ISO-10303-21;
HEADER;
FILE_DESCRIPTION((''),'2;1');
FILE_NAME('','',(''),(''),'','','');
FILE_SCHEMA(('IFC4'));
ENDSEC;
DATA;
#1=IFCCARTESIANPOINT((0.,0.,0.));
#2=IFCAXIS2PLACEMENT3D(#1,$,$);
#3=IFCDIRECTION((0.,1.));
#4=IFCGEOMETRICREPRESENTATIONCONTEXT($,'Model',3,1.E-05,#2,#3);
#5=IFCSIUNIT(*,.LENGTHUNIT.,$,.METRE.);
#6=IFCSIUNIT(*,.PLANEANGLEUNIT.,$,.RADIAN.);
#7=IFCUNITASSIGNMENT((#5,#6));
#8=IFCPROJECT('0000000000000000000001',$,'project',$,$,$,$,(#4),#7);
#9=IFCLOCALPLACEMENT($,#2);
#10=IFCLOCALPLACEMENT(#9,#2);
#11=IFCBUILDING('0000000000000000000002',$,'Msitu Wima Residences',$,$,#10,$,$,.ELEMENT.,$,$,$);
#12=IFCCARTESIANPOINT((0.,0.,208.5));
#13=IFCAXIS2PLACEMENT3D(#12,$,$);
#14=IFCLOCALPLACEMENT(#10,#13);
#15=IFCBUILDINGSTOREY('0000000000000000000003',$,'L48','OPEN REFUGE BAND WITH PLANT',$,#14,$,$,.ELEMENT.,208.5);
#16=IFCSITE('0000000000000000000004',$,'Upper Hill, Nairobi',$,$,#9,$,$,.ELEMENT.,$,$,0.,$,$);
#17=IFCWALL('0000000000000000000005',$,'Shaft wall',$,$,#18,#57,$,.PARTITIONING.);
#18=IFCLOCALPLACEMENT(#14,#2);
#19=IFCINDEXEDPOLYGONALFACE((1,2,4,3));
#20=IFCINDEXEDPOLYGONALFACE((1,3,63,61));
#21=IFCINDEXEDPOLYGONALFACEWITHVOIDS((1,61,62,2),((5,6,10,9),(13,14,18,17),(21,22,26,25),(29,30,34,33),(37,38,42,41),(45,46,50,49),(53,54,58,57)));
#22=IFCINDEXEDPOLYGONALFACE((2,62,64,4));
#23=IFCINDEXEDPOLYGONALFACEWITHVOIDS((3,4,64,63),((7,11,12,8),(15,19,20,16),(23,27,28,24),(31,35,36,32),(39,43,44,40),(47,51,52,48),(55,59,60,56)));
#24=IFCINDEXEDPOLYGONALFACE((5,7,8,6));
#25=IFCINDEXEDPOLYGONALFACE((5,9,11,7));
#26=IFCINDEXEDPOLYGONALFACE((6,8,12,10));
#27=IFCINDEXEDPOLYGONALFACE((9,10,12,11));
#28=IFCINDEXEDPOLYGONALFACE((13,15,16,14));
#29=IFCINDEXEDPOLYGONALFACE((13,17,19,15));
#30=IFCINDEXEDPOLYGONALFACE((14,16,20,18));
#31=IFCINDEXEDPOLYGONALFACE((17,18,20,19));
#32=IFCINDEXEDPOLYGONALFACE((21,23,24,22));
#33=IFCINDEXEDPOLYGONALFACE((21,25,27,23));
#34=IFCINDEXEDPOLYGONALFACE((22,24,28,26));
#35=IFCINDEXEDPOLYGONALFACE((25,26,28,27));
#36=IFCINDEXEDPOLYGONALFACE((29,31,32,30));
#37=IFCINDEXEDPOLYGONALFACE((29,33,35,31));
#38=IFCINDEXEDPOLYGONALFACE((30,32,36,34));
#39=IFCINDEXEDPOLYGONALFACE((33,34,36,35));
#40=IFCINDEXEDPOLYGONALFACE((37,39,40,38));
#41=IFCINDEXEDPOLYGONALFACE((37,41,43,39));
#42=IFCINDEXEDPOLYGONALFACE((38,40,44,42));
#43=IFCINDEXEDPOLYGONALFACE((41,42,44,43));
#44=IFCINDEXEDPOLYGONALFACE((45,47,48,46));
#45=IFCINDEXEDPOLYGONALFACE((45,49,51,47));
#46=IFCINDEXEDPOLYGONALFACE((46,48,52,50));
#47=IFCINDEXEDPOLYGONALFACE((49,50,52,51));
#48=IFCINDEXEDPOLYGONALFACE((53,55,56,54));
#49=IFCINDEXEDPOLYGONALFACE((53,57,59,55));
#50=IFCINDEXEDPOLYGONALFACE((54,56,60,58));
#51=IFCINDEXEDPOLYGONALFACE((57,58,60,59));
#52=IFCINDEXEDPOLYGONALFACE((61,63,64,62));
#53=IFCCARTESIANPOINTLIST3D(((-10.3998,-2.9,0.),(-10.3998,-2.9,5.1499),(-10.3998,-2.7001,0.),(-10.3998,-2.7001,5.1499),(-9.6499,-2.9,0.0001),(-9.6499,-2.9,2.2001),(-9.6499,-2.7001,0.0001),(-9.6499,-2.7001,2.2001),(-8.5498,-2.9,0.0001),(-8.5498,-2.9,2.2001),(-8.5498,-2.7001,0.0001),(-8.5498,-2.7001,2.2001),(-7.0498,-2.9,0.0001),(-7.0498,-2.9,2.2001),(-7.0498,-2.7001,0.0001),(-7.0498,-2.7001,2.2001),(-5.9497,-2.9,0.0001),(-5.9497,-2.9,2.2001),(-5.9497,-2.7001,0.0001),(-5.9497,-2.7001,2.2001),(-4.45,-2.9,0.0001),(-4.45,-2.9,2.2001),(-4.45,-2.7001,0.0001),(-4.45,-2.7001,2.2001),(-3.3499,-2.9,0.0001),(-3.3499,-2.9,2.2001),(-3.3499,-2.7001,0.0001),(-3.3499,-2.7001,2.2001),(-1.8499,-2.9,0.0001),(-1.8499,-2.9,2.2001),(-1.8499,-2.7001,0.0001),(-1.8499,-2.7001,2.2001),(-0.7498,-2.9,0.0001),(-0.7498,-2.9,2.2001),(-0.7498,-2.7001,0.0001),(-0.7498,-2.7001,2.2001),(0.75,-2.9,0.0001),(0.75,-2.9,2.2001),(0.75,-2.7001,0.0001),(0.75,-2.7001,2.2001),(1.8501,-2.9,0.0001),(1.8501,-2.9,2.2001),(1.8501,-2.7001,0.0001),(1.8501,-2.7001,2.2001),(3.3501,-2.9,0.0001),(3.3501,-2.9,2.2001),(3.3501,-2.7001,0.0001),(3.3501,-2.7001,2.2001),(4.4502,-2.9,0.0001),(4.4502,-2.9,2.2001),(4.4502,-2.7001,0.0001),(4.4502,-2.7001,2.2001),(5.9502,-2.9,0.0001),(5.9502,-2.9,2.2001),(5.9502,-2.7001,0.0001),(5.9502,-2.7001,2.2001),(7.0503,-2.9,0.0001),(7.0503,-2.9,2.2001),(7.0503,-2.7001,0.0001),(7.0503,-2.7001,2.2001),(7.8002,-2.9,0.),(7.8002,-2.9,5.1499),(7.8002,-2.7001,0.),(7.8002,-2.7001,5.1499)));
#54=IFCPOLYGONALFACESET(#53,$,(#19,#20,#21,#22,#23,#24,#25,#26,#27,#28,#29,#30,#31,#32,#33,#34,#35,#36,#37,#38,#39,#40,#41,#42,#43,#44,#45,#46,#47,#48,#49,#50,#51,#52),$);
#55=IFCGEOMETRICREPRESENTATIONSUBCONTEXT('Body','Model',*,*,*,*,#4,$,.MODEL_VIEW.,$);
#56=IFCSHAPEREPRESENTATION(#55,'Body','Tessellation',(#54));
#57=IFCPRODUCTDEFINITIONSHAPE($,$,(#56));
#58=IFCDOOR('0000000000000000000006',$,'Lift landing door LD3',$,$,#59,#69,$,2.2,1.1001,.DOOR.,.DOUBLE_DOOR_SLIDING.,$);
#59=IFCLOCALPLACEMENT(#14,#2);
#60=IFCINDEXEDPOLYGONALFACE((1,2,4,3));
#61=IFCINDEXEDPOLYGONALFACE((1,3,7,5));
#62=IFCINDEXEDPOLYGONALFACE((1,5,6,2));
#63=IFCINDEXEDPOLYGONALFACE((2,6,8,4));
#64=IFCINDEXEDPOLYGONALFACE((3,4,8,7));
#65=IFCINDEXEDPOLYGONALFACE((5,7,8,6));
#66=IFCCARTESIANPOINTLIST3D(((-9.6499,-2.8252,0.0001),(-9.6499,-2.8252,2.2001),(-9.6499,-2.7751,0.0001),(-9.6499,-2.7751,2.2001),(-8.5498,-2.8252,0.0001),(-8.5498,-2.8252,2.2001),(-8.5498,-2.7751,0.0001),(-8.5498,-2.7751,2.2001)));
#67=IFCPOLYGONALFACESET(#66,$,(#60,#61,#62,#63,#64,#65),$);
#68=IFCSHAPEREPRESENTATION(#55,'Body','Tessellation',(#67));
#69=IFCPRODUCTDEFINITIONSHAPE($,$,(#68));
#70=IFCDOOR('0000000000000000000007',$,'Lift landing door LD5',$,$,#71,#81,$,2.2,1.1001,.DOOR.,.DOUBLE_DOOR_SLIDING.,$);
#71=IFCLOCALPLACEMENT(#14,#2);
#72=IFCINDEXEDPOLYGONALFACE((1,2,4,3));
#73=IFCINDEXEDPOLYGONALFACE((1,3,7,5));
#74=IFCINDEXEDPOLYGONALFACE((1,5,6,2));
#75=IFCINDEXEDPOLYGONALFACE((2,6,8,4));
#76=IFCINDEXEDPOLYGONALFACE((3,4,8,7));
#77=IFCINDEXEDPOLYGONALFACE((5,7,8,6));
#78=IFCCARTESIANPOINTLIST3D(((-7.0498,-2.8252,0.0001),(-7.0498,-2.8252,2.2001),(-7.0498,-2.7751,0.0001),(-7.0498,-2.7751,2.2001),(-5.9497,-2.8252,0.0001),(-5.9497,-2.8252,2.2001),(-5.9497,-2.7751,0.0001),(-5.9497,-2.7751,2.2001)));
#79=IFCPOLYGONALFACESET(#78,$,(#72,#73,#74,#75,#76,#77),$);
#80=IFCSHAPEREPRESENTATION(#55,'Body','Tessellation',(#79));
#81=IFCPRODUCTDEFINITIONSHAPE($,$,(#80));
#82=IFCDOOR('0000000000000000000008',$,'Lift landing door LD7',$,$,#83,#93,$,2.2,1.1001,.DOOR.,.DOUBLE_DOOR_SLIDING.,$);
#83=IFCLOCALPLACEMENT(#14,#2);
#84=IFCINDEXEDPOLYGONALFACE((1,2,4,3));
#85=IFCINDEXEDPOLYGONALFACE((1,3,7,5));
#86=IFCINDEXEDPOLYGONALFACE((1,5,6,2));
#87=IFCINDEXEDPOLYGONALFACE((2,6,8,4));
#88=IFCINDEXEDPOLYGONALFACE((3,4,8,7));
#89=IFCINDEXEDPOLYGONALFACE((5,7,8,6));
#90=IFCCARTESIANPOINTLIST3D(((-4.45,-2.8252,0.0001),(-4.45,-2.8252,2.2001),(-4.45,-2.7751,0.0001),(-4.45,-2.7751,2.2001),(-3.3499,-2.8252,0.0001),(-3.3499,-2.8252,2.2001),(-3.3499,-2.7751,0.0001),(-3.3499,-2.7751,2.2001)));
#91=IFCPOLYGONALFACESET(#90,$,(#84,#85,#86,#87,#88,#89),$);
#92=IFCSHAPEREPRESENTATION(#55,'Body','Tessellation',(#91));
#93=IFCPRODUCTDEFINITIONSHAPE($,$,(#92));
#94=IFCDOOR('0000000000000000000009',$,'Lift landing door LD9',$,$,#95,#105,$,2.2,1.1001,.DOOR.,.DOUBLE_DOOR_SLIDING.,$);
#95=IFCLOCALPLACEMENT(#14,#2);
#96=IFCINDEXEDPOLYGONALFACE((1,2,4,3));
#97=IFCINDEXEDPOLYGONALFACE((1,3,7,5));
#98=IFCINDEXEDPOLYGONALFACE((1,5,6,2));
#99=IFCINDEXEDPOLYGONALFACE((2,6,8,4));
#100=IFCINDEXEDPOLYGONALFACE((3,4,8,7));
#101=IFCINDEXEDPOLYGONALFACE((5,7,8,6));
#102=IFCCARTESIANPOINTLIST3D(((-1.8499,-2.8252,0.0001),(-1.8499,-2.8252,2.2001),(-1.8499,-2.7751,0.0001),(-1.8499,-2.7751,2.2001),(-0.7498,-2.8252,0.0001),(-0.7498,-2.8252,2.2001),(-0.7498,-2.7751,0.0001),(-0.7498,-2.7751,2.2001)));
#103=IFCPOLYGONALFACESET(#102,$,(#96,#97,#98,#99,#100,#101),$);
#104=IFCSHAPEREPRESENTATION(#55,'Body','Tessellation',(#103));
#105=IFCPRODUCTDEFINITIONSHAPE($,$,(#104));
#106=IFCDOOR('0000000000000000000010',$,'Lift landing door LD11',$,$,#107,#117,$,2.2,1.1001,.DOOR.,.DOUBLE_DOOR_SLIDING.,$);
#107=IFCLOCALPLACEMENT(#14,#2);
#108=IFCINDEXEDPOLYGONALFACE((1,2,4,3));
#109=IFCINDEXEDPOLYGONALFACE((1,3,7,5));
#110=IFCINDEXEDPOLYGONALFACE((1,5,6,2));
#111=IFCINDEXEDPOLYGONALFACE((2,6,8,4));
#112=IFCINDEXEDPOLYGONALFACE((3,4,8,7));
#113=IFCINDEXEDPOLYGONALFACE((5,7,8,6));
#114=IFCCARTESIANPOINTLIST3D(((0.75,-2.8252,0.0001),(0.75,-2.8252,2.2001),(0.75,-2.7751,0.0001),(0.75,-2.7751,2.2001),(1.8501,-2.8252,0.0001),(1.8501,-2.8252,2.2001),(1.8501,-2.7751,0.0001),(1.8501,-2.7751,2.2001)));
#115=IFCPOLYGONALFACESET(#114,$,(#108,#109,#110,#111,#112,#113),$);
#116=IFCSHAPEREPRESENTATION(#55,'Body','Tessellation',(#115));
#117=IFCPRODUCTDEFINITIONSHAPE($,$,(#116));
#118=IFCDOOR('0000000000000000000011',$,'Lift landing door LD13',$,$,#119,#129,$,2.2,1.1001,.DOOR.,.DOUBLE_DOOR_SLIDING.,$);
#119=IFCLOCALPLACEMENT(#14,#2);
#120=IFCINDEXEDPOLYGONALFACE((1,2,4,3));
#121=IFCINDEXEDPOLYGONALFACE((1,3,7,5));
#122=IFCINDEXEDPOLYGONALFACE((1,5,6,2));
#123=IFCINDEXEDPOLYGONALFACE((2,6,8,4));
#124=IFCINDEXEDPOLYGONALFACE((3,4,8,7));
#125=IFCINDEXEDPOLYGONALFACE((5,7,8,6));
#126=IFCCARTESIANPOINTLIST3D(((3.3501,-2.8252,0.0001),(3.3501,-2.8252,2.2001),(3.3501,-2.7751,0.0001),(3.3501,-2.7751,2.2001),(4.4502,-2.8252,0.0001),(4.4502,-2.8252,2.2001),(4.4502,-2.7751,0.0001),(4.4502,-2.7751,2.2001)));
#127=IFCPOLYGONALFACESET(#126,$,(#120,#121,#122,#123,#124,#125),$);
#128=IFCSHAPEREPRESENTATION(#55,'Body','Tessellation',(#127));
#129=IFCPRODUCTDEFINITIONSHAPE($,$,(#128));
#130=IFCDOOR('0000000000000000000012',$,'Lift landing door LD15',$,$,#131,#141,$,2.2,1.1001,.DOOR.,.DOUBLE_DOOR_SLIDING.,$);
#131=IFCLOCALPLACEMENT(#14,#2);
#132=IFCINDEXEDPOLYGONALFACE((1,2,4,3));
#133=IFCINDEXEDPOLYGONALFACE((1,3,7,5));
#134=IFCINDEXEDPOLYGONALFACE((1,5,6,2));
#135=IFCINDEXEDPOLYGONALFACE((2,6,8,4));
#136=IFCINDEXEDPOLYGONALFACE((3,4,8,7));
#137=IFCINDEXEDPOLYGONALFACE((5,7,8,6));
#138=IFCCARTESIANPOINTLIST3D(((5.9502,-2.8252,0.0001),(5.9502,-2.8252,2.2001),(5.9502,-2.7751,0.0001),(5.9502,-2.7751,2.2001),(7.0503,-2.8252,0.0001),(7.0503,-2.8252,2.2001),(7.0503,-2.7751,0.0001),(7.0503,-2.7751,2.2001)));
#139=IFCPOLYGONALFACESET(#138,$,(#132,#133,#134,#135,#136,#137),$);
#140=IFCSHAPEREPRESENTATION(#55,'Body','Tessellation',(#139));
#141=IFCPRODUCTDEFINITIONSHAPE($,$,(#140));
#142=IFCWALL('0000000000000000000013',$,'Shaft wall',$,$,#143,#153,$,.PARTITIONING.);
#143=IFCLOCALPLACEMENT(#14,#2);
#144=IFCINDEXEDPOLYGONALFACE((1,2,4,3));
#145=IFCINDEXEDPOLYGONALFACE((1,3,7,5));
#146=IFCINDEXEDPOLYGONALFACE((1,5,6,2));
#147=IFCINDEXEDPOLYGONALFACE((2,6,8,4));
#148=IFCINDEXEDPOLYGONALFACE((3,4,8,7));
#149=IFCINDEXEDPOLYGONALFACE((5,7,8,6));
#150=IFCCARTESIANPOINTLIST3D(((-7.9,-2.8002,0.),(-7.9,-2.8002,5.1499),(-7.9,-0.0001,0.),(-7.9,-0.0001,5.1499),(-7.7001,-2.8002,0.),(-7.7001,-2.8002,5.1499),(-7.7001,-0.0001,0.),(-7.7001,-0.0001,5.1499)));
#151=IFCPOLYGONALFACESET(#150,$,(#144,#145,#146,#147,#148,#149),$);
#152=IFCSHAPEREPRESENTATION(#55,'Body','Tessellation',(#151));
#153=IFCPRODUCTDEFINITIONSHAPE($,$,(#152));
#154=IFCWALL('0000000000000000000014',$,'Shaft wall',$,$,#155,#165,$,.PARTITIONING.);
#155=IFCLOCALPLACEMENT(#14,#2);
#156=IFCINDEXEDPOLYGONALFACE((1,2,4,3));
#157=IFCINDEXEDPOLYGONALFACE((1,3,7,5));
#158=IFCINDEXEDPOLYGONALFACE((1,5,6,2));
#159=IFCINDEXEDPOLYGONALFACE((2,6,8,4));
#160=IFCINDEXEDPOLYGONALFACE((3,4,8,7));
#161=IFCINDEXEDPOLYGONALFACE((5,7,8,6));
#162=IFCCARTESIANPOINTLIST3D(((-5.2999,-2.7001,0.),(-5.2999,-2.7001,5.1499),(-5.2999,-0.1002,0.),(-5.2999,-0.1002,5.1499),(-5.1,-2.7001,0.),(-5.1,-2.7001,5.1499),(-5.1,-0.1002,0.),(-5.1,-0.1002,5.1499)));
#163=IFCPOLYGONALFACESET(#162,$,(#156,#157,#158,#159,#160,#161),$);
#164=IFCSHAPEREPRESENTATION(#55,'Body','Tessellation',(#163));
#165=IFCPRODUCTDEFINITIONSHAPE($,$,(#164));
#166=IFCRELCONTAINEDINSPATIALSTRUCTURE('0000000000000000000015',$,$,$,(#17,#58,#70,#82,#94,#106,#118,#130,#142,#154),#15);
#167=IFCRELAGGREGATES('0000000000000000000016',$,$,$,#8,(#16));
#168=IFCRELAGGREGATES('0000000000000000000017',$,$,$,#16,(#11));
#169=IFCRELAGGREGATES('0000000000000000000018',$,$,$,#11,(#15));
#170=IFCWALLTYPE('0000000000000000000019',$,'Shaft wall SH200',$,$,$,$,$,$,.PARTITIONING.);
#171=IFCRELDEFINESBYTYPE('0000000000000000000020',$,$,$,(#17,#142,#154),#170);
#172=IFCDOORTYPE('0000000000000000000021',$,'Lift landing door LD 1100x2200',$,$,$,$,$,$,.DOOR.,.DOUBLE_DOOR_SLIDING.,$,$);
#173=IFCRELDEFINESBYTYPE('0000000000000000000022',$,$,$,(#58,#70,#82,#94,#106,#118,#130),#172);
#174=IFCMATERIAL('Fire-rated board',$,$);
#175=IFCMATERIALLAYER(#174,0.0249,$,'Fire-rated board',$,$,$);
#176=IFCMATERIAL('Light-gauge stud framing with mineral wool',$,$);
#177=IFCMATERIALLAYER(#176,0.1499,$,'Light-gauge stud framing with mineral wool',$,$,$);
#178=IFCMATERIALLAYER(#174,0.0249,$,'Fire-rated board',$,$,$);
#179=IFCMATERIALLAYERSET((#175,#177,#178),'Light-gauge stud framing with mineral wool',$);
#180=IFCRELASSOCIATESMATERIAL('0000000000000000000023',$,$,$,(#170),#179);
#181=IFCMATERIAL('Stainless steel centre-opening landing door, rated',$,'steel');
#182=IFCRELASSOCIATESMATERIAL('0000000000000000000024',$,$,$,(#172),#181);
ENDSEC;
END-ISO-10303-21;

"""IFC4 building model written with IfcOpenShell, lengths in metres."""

from ifc_helpers import new_model, si_unit, direction, frame, frame_2d, origin, place, context, subcontext, project, spatial, rectangle, extrude, material, layer, layer_set, type_object, element, fill, save


model = new_model("IFC4")

# Units and contexts
model_context = context("Model", 3, precision=1e-05, world=origin(), true_north=direction((0.0, 1.0)))
body_context = subcontext(model_context, "Body", "Model", "MODEL_VIEW")
ifc_project = project(units=[si_unit("LENGTHUNIT", "METRE"), si_unit("PLANEANGLEUNIT", "RADIAN")], contexts=[model_context])

# Site, building, storey
site_placement = place(None, origin())
site = spatial("IfcSite", under=ifc_project, at=site_placement, Name="Upper Hill, Nairobi", CompositionType="ELEMENT", RefElevation=0.0)
building_placement = place(site_placement, origin())
building = spatial("IfcBuilding", under=site, at=building_placement, Name="Msitu Wima Residences", CompositionType="ELEMENT")
storey_placement = place(building_placement, frame((0.0, 0.0, 208.5)))
storey = spatial("IfcBuildingStorey", under=building, at=storey_placement, Name="L48", Description="OPEN REFUGE BAND WITH PLANT", CompositionType="ELEMENT", Elevation=208.5)

# Shared definitions
ifc_material_1 = material(Name="Fire-rated board")
ifc_layer_1 = layer(ifc_material_1, 0.0249, Name="Fire-rated board")
ifc_material_2 = material(Name="Light-gauge stud framing with mineral wool")
ifc_layer_2 = layer(ifc_material_2, 0.1499, Name="Light-gauge stud framing with mineral wool")
ifc_layer_3 = layer(ifc_material_1, 0.0249, Name="Fire-rated board")
ifc_layer_set_1 = layer_set([ifc_layer_1, ifc_layer_2, ifc_layer_3], Name="Light-gauge stud framing with mineral wool")
wall_type_1 = type_object("IfcWallType", Name="Shaft wall SH200", PredefinedType="PARTITIONING", material=ifc_layer_set_1)

# Wall, openings, doors
wall_1_placement = place(storey_placement, frame((-10.3999, -2.8, 0.0), z_axis=(0.0, 0.0, 1.0), x_axis=(1.0, 0.0, 0.0)))
wall_1 = element("IfcWall", 1, at=wall_1_placement, inside=storey, type_object=wall_type_1, Name="Shaft wall", PredefinedType="PARTITIONING", context=body_context, shape_type="SweptSolid", body=[
    extrude(rectangle(XDim=18.2, YDim=0.2, at=frame_2d((9.1001, 0.0))), origin(), (0.0, 0.0, 1.0), 5.1499),
])
opening_1_placement = place(wall_1_placement, frame((0.75, 0.0, 0.0)))
opening_1 = element("IfcOpeningElement", 2, at=opening_1_placement, cuts=wall_1, PredefinedType="OPENING", context=body_context, shape_type="SweptSolid", body=[
    extrude(rectangle(XDim=1.1001, YDim=2.2, at=frame_2d((0.55, 1.1001))), frame((0.0, 0.1099, 0.0), z_axis=(0.0, -1.0, 0.0), x_axis=(1.0, 0.0, 0.0)), (0.0, 0.0, 1.0), 0.22),
])
opening_2_placement = place(wall_1_placement, frame((3.3501, 0.0, 0.0)))
opening_2 = element("IfcOpeningElement", 3, at=opening_2_placement, cuts=wall_1, PredefinedType="OPENING", context=body_context, shape_type="SweptSolid", body=[
    extrude(rectangle(XDim=1.1001, YDim=2.2, at=frame_2d((0.55, 1.1001))), frame((0.0, 0.1099, 0.0), z_axis=(0.0, -1.0, 0.0), x_axis=(1.0, 0.0, 0.0)), (0.0, 0.0, 1.0), 0.22),
])
opening_3_placement = place(wall_1_placement, frame((5.95, 0.0, 0.0)))
opening_3 = element("IfcOpeningElement", 4, at=opening_3_placement, cuts=wall_1, PredefinedType="OPENING", context=body_context, shape_type="SweptSolid", body=[
    extrude(rectangle(XDim=1.1001, YDim=2.2, at=frame_2d((0.55, 1.1001))), frame((0.0, 0.1099, 0.0), z_axis=(0.0, -1.0, 0.0), x_axis=(1.0, 0.0, 0.0)), (0.0, 0.0, 1.0), 0.22),
])
opening_4_placement = place(wall_1_placement, frame((8.55, 0.0, 0.0)))
opening_4 = element("IfcOpeningElement", 5, at=opening_4_placement, cuts=wall_1, PredefinedType="OPENING", context=body_context, shape_type="SweptSolid", body=[
    extrude(rectangle(XDim=1.1001, YDim=2.2, at=frame_2d((0.55, 1.1001))), frame((0.0, 0.1099, 0.0), z_axis=(0.0, -1.0, 0.0), x_axis=(1.0, 0.0, 0.0)), (0.0, 0.0, 1.0), 0.22),
])
opening_5_placement = place(wall_1_placement, frame((11.1499, 0.0, 0.0)))
opening_5 = element("IfcOpeningElement", 6, at=opening_5_placement, cuts=wall_1, PredefinedType="OPENING", context=body_context, shape_type="SweptSolid", body=[
    extrude(rectangle(XDim=1.1001, YDim=2.2, at=frame_2d((0.55, 1.1001))), frame((0.0, 0.1099, 0.0), z_axis=(0.0, -1.0, 0.0), x_axis=(1.0, 0.0, 0.0)), (0.0, 0.0, 1.0), 0.22),
])
opening_6_placement = place(wall_1_placement, frame((13.75, 0.0, 0.0)))
opening_6 = element("IfcOpeningElement", 7, at=opening_6_placement, cuts=wall_1, PredefinedType="OPENING", context=body_context, shape_type="SweptSolid", body=[
    extrude(rectangle(XDim=1.1001, YDim=2.2, at=frame_2d((0.55, 1.1001))), frame((0.0, 0.1099, 0.0), z_axis=(0.0, -1.0, 0.0), x_axis=(1.0, 0.0, 0.0)), (0.0, 0.0, 1.0), 0.22),
])
opening_7_placement = place(wall_1_placement, frame((16.3501, 0.0, 0.0)))
opening_7 = element("IfcOpeningElement", 8, at=opening_7_placement, cuts=wall_1, PredefinedType="OPENING", context=body_context, shape_type="SweptSolid", body=[
    extrude(rectangle(XDim=1.1001, YDim=2.2, at=frame_2d((0.55, 1.1001))), frame((0.0, 0.1099, 0.0), z_axis=(0.0, -1.0, 0.0), x_axis=(1.0, 0.0, 0.0)), (0.0, 0.0, 1.0), 0.22),
])
ifc_material_3 = material(Name="Stainless steel centre-opening landing door, rated", Category="steel")
door_type_1 = type_object("IfcDoorType", Name="Lift landing door LD 1100x2200", OperationType="DOUBLE_DOOR_SLIDING", PredefinedType="DOOR", material=ifc_material_3)
door_1_placement = place(opening_1_placement, origin())
door_1 = element("IfcDoor", 9, at=door_1_placement, inside=storey, type_object=door_type_1, Name="Lift landing door LD3", OperationType="DOUBLE_DOOR_SLIDING", OverallHeight=2.2, OverallWidth=1.1001, PredefinedType="DOOR", context=body_context, shape_type="SweptSolid", body=[
    extrude(rectangle(XDim=1.1001, YDim=2.2, at=frame_2d((0.55, 1.1001))), frame((0.0, 0.0249, 0.0), z_axis=(0.0, -1.0, 0.0), x_axis=(1.0, 0.0, 0.0)), (0.0, 0.0, 1.0), 0.05),
])
fill(opening_1, door_1)
door_2_placement = place(opening_2_placement, origin())
door_2 = element("IfcDoor", 10, at=door_2_placement, inside=storey, type_object=door_type_1, Name="Lift landing door LD5", OperationType="DOUBLE_DOOR_SLIDING", OverallHeight=2.2, OverallWidth=1.1001, PredefinedType="DOOR", context=body_context, shape_type="SweptSolid", body=[
    extrude(rectangle(XDim=1.1001, YDim=2.2, at=frame_2d((0.55, 1.1001))), frame((0.0, 0.0249, 0.0), z_axis=(0.0, -1.0, 0.0), x_axis=(1.0, 0.0, 0.0)), (0.0, 0.0, 1.0), 0.05),
])
fill(opening_2, door_2)
door_3_placement = place(opening_3_placement, origin())
door_3 = element("IfcDoor", 11, at=door_3_placement, inside=storey, type_object=door_type_1, Name="Lift landing door LD7", OperationType="DOUBLE_DOOR_SLIDING", OverallHeight=2.2, OverallWidth=1.1001, PredefinedType="DOOR", context=body_context, shape_type="SweptSolid", body=[
    extrude(rectangle(XDim=1.1001, YDim=2.2, at=frame_2d((0.55, 1.1001))), frame((0.0, 0.0249, 0.0), z_axis=(0.0, -1.0, 0.0), x_axis=(1.0, 0.0, 0.0)), (0.0, 0.0, 1.0), 0.05),
])
fill(opening_3, door_3)
door_4_placement = place(opening_4_placement, origin())
door_4 = element("IfcDoor", 12, at=door_4_placement, inside=storey, type_object=door_type_1, Name="Lift landing door LD9", OperationType="DOUBLE_DOOR_SLIDING", OverallHeight=2.2, OverallWidth=1.1001, PredefinedType="DOOR", context=body_context, shape_type="SweptSolid", body=[
    extrude(rectangle(XDim=1.1001, YDim=2.2, at=frame_2d((0.55, 1.1001))), frame((0.0, 0.0249, 0.0), z_axis=(0.0, -1.0, 0.0), x_axis=(1.0, 0.0, 0.0)), (0.0, 0.0, 1.0), 0.05),
])
fill(opening_4, door_4)
door_5_placement = place(opening_5_placement, origin())
door_5 = element("IfcDoor", 13, at=door_5_placement, inside=storey, type_object=door_type_1, Name="Lift landing door LD11", OperationType="DOUBLE_DOOR_SLIDING", OverallHeight=2.2, OverallWidth=1.1001, PredefinedType="DOOR", context=body_context, shape_type="SweptSolid", body=[
    extrude(rectangle(XDim=1.1001, YDim=2.2, at=frame_2d((0.55, 1.1001))), frame((0.0, 0.0249, 0.0), z_axis=(0.0, -1.0, 0.0), x_axis=(1.0, 0.0, 0.0)), (0.0, 0.0, 1.0), 0.05),
])
fill(opening_5, door_5)
door_6_placement = place(opening_6_placement, origin())
door_6 = element("IfcDoor", 14, at=door_6_placement, inside=storey, type_object=door_type_1, Name="Lift landing door LD13", OperationType="DOUBLE_DOOR_SLIDING", OverallHeight=2.2, OverallWidth=1.1001, PredefinedType="DOOR", context=body_context, shape_type="SweptSolid", body=[
    extrude(rectangle(XDim=1.1001, YDim=2.2, at=frame_2d((0.55, 1.1001))), frame((0.0, 0.0249, 0.0), z_axis=(0.0, -1.0, 0.0), x_axis=(1.0, 0.0, 0.0)), (0.0, 0.0, 1.0), 0.05),
])
fill(opening_6, door_6)
door_7_placement = place(opening_7_placement, origin())
door_7 = element("IfcDoor", 15, at=door_7_placement, inside=storey, type_object=door_type_1, Name="Lift landing door LD15", OperationType="DOUBLE_DOOR_SLIDING", OverallHeight=2.2, OverallWidth=1.1001, PredefinedType="DOOR", context=body_context, shape_type="SweptSolid", body=[
    extrude(rectangle(XDim=1.1001, YDim=2.2, at=frame_2d((0.55, 1.1001))), frame((0.0, 0.0249, 0.0), z_axis=(0.0, -1.0, 0.0), x_axis=(1.0, 0.0, 0.0)), (0.0, 0.0, 1.0), 0.05),
])
fill(opening_7, door_7)

# Walls
wall_2_placement = place(storey_placement, frame((-7.8, -2.8, 0.0), z_axis=(0.0, 0.0, 1.0), x_axis=(0.0, 1.0, 0.0)))
element("IfcWall", 16, at=wall_2_placement, inside=storey, type_object=wall_type_1, Name="Shaft wall", PredefinedType="PARTITIONING", context=body_context, shape_type="SweptSolid", body=[
    extrude(rectangle(XDim=2.8, YDim=0.2, at=frame_2d((1.3999, 0.0))), origin(), (0.0, 0.0, 1.0), 5.1499),
])
wall_3_placement = place(storey_placement, frame((-5.2, -2.7, 0.0), z_axis=(0.0, 0.0, 1.0), x_axis=(0.0, 1.0, 0.0)))
element("IfcWall", 17, at=wall_3_placement, inside=storey, type_object=wall_type_1, Name="Shaft wall", PredefinedType="PARTITIONING", context=body_context, shape_type="SweptSolid", body=[
    extrude(rectangle(XDim=2.5999, YDim=0.2, at=frame_2d((1.2998, 0.0))), origin(), (0.0, 0.0, 1.0), 5.1499),
])

save(model, "model.ifc")
